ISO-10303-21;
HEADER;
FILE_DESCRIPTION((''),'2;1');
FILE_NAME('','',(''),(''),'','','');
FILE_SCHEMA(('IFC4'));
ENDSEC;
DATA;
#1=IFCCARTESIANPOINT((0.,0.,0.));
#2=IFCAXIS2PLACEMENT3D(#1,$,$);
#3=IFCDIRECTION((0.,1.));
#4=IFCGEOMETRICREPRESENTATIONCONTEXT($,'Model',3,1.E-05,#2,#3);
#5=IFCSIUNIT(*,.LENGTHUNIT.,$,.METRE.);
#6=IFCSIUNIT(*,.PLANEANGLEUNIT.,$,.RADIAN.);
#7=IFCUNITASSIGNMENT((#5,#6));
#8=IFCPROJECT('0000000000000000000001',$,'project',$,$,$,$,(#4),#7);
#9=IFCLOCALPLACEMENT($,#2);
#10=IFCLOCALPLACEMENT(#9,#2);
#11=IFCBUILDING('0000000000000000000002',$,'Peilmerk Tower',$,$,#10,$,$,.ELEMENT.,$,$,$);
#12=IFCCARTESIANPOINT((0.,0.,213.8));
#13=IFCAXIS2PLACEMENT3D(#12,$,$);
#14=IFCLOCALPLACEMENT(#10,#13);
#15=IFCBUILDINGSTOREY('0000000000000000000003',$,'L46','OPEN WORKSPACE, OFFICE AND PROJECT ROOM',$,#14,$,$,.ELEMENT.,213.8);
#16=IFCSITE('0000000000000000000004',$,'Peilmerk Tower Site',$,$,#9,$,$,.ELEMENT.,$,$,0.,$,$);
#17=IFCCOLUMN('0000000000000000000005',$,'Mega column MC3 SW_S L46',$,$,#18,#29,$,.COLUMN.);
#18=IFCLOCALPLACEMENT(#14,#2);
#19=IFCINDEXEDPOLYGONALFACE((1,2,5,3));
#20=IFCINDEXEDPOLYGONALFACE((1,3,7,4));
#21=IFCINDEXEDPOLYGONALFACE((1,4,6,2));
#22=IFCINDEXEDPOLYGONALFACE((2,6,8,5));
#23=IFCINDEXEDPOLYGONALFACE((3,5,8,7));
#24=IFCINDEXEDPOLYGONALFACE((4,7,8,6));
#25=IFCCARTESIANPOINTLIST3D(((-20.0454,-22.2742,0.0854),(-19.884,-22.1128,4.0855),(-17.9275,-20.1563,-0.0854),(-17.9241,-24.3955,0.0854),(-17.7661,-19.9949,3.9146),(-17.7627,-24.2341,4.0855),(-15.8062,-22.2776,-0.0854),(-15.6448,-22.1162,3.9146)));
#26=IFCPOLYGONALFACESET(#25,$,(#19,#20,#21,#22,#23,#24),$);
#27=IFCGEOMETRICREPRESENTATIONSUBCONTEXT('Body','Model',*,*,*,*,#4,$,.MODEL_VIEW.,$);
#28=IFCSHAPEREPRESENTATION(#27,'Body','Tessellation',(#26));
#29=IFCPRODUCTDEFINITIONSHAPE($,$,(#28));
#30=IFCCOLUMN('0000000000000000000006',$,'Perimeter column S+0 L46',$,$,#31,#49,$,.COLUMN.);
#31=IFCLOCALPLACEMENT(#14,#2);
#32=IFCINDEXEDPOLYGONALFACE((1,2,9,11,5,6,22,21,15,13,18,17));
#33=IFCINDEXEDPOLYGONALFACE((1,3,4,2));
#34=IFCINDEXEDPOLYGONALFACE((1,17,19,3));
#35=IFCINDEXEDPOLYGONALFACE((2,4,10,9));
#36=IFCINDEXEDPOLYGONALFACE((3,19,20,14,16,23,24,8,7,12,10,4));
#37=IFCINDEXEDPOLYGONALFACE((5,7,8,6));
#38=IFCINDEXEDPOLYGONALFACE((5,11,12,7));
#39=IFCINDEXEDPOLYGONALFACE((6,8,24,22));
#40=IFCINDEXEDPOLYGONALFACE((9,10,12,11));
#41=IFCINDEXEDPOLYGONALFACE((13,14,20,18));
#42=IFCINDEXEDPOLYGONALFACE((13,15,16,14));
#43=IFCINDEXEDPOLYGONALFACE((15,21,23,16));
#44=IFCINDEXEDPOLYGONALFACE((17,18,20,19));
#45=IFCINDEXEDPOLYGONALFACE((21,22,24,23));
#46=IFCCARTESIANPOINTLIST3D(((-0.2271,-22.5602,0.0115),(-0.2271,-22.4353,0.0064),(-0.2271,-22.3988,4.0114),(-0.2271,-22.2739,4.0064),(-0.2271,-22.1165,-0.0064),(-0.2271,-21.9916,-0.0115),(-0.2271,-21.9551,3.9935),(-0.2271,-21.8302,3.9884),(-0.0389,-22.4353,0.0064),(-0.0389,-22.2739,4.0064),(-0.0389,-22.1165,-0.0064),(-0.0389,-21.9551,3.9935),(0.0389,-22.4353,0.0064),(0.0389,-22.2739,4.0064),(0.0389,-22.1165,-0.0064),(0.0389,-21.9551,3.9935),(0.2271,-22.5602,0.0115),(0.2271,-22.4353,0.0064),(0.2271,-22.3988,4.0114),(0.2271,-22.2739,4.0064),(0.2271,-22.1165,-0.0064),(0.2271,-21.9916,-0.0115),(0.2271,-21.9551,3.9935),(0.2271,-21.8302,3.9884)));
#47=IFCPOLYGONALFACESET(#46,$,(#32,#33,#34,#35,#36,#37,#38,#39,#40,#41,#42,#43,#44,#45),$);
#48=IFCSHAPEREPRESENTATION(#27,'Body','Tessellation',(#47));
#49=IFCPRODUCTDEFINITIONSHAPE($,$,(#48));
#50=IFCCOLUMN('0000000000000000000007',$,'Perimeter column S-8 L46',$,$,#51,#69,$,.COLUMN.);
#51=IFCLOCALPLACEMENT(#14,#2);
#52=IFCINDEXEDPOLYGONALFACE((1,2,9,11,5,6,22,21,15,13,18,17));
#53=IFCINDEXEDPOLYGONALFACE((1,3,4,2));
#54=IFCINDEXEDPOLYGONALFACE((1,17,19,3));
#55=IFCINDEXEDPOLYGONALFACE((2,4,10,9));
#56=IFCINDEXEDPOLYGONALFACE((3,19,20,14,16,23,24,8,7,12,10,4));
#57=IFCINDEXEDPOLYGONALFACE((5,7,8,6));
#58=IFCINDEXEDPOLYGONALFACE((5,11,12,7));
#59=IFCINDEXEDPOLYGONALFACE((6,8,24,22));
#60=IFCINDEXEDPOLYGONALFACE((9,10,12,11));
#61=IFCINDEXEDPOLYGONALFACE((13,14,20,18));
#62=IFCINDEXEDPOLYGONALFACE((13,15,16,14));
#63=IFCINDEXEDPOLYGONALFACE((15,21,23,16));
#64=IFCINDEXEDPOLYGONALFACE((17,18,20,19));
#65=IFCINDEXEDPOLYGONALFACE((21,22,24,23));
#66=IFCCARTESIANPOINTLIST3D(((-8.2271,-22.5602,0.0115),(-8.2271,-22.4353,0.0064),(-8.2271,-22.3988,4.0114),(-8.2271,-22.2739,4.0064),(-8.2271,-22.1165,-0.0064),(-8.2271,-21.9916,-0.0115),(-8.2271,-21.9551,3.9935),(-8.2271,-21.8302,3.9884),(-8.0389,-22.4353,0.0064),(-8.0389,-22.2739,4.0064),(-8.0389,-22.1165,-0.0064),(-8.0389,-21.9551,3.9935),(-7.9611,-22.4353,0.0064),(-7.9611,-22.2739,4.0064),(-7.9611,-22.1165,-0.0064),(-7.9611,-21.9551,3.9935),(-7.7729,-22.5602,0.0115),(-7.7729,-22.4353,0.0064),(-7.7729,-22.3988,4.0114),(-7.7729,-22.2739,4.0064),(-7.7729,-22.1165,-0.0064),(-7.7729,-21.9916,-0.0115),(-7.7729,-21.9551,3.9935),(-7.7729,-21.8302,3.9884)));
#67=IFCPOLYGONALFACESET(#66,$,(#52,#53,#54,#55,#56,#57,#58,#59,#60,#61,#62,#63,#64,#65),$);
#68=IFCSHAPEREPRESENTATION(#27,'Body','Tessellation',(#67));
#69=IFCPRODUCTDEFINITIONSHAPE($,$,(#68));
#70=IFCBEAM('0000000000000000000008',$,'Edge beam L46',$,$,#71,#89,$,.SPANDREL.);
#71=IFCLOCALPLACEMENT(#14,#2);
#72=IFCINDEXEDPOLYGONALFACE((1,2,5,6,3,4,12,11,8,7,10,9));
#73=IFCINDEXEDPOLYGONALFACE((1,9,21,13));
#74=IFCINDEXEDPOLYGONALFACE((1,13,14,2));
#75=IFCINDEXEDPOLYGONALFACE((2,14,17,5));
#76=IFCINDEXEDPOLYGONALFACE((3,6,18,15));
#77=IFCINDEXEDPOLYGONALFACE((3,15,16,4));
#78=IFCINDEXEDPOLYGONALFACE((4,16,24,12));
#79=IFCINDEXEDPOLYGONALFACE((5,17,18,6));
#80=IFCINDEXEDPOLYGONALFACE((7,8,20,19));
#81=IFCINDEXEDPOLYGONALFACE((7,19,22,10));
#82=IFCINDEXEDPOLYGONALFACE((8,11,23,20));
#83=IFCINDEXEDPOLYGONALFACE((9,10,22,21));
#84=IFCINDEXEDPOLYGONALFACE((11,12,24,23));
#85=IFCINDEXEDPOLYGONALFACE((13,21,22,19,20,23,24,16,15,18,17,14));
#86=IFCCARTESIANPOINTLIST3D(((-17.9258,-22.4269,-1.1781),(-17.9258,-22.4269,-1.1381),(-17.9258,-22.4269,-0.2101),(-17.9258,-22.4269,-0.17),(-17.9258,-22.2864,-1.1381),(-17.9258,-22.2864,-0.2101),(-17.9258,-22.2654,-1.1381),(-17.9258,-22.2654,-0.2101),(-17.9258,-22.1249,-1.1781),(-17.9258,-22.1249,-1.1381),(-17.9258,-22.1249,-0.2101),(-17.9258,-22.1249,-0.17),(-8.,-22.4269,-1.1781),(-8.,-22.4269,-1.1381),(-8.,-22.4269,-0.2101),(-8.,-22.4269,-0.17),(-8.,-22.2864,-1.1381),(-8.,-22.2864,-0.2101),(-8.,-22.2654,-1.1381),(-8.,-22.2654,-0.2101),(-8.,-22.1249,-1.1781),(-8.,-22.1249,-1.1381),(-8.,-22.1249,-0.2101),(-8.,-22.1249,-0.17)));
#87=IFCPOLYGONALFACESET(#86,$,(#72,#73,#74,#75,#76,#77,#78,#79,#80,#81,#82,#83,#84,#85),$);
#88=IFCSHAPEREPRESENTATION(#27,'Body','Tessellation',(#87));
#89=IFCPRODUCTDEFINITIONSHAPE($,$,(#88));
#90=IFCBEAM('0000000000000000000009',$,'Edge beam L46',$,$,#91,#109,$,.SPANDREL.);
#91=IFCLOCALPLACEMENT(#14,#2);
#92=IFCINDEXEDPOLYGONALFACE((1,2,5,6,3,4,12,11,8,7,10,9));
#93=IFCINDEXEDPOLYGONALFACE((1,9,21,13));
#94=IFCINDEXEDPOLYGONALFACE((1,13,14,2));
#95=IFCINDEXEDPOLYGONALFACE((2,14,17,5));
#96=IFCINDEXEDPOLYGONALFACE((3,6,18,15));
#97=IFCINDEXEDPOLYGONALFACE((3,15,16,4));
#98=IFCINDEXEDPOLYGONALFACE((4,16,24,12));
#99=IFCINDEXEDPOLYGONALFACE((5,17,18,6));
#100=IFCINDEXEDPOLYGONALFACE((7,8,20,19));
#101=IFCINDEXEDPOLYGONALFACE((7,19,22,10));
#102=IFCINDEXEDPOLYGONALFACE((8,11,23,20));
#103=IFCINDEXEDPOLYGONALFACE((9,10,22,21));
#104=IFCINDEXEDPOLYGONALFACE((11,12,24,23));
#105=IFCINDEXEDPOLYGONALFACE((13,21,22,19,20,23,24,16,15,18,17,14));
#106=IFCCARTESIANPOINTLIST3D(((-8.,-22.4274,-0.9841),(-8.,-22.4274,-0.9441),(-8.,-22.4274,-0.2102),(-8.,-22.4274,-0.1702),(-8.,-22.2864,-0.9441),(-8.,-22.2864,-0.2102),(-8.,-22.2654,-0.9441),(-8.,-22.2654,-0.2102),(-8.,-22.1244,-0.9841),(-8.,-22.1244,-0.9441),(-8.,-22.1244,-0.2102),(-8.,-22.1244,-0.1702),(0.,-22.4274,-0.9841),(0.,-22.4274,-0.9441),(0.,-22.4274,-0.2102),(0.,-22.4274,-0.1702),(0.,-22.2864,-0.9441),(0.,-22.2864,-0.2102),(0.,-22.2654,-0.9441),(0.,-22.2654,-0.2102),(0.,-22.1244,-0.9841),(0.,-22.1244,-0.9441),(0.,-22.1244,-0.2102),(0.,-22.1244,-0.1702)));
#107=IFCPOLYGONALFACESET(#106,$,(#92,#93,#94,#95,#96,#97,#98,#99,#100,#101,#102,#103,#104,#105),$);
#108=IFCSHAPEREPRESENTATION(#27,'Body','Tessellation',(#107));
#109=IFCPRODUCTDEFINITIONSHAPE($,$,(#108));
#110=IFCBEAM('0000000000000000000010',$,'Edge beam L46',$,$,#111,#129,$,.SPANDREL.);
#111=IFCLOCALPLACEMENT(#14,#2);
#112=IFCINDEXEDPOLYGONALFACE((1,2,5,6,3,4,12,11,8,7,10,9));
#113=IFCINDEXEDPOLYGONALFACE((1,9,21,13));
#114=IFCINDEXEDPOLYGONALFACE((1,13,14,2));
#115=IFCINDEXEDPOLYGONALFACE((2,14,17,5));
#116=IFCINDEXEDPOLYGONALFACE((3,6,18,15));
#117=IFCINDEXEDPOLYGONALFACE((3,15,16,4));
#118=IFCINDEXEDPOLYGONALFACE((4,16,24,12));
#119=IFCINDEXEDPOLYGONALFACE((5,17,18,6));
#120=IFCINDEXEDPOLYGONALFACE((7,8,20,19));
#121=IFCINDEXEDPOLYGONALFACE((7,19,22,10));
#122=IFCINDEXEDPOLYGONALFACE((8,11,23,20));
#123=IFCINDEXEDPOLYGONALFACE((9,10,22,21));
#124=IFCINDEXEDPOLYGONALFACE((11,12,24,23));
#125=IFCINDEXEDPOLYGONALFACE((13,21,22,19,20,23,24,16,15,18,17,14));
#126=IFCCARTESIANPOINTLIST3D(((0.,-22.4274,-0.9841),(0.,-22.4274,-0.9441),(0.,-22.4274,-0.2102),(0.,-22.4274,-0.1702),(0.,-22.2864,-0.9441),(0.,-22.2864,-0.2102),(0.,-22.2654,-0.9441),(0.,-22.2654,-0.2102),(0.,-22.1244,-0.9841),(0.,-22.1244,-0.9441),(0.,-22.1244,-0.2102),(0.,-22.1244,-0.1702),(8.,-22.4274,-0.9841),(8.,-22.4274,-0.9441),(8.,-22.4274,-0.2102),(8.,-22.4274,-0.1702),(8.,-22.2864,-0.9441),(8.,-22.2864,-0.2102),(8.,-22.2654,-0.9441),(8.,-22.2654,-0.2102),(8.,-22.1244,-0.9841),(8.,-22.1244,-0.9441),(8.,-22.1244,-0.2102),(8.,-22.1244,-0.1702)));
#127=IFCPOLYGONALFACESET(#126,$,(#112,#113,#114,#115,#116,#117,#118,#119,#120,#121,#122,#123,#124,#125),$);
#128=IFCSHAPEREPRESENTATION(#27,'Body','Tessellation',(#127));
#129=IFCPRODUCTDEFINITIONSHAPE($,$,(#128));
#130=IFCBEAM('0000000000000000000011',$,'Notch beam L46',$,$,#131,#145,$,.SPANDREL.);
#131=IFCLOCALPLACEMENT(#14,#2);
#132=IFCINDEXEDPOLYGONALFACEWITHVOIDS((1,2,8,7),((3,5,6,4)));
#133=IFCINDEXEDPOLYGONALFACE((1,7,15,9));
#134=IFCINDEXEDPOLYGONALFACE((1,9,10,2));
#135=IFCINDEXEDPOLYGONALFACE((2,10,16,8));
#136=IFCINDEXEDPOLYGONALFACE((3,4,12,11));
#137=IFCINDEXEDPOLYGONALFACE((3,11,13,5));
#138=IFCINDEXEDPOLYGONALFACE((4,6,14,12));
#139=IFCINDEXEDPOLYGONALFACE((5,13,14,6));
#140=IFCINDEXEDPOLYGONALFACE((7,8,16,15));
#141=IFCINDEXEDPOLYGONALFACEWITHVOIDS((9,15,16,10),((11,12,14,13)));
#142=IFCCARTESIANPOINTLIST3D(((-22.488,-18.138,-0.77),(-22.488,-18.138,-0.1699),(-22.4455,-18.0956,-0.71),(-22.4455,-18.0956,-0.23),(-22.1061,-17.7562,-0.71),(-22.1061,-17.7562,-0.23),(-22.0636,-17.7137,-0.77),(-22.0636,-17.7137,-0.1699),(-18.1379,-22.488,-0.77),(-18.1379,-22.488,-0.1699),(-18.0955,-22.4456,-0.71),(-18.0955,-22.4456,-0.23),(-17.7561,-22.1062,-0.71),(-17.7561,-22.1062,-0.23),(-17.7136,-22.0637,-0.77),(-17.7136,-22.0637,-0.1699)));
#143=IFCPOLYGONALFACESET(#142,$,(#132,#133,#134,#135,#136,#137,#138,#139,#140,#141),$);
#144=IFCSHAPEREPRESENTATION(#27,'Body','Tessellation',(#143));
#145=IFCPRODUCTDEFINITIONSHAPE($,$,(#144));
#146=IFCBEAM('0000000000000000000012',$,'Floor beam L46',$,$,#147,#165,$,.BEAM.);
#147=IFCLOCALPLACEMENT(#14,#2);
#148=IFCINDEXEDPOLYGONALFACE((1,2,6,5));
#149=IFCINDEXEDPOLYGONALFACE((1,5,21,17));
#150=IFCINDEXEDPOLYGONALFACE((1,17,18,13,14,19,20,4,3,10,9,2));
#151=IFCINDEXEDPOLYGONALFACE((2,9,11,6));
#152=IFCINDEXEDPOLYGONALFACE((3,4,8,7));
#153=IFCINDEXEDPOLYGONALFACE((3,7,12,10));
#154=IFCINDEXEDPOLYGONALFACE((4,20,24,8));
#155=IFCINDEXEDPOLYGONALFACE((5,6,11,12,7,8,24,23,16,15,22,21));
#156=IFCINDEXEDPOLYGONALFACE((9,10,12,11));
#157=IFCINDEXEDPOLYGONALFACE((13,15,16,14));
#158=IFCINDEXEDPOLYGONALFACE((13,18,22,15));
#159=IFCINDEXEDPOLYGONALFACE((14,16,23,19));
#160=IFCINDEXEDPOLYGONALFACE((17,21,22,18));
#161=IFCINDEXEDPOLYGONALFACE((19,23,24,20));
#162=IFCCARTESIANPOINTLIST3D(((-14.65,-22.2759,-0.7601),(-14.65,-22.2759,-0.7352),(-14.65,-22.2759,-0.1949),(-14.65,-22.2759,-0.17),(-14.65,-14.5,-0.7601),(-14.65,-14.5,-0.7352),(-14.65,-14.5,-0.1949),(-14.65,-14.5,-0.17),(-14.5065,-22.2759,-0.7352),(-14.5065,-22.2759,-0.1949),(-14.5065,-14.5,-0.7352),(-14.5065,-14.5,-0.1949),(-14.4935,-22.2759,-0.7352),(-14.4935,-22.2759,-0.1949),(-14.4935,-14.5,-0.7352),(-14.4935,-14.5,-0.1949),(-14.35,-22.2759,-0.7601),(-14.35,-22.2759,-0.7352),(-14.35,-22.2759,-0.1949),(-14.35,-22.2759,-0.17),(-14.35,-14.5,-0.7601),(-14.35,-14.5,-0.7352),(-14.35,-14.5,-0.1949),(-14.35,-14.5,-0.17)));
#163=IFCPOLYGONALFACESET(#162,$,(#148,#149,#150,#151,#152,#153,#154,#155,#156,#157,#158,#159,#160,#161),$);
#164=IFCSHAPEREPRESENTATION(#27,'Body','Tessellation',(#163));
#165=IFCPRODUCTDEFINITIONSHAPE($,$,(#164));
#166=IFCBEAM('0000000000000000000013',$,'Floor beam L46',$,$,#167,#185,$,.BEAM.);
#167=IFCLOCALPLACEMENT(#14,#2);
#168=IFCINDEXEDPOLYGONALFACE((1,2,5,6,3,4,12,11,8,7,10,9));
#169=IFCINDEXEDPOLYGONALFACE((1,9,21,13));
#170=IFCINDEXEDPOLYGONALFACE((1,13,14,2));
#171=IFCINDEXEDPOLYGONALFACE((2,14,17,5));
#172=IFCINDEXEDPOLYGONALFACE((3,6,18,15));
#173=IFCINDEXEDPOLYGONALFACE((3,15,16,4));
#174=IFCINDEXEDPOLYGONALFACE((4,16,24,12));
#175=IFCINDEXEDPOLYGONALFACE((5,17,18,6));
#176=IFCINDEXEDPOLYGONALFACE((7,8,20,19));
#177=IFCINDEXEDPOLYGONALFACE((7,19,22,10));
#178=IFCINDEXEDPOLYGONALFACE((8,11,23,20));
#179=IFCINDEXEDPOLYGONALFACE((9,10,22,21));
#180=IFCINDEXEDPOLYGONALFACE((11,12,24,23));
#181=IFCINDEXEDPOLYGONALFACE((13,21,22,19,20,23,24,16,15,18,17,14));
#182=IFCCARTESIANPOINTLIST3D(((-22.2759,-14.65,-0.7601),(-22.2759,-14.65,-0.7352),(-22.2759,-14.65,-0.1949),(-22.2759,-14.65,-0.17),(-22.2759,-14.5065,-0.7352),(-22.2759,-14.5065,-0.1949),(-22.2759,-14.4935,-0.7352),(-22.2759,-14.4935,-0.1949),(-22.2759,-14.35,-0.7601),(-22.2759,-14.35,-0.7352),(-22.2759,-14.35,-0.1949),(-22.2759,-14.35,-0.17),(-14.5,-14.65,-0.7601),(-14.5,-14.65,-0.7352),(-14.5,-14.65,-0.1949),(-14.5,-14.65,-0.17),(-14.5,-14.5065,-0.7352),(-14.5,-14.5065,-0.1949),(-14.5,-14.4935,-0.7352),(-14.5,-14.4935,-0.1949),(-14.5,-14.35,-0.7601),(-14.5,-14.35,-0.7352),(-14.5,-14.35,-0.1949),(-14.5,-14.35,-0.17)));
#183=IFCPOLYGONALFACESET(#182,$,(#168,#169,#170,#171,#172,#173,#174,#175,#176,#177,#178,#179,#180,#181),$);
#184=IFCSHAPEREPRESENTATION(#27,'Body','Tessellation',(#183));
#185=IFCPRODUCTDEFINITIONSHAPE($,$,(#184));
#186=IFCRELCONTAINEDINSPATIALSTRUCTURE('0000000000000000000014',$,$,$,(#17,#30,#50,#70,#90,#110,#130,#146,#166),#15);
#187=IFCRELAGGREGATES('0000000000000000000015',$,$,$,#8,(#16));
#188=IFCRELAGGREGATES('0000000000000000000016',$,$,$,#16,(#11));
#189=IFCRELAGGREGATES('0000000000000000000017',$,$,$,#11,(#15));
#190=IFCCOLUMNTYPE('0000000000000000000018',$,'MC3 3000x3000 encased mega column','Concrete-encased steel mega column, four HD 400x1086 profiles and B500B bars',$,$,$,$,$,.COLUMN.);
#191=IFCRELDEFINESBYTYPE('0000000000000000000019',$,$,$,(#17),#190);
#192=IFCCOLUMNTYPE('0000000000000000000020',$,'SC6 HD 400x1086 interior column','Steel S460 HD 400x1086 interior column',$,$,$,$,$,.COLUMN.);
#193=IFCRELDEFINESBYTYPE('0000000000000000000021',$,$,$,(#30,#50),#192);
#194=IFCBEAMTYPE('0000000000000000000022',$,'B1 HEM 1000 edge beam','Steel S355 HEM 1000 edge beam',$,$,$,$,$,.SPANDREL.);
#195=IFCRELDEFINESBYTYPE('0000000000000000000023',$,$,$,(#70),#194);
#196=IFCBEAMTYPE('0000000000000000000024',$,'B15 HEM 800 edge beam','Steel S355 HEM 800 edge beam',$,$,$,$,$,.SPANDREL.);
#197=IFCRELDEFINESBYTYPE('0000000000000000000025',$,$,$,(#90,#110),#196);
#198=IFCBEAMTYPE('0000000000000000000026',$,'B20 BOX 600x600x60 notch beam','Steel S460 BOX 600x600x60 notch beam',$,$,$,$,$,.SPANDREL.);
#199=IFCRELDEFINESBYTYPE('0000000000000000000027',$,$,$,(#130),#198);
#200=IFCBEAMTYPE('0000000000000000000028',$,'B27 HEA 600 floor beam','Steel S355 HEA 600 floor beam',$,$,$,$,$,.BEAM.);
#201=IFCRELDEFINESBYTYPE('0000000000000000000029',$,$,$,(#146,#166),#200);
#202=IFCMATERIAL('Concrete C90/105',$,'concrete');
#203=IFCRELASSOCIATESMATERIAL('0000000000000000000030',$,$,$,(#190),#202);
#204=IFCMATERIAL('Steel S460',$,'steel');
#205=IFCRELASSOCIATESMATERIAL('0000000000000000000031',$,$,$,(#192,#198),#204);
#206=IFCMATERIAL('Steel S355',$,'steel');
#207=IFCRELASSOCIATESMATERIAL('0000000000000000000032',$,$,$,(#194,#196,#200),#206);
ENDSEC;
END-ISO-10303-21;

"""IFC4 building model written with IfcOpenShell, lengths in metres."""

from ifc_helpers import new_model, si_unit, direction, frame, origin, origin_2d, place, context, subcontext, project, spatial, rectangle, hollow_rectangle, i_section, extrude, material, material_profile, profile_set, type_object, element, save


model = new_model("IFC4")

# Units and contexts
model_context = context("Model", 3, precision=1e-05, world=origin(), true_north=direction((0.0, 1.0)))
body_context = subcontext(model_context, "Body", "Model", "MODEL_VIEW")
ifc_project = project(units=[si_unit("LENGTHUNIT", "METRE"), si_unit("PLANEANGLEUNIT", "RADIAN")], contexts=[model_context])

# Site, building, storey
site_placement = place(None, origin())
site = spatial("IfcSite", under=ifc_project, at=site_placement, Name="Peilmerk Tower Site", CompositionType="ELEMENT", RefElevation=0.0)
building_placement = place(site_placement, origin())
building = spatial("IfcBuilding", under=site, at=building_placement, Name="Peilmerk Tower", CompositionType="ELEMENT")
storey_placement = place(building_placement, frame((0.0, 0.0, 213.8)))
storey = spatial("IfcBuildingStorey", under=building, at=storey_placement, Name="L46", Description="OPEN WORKSPACE, OFFICE AND PROJECT ROOM", CompositionType="ELEMENT", Elevation=213.8)

# Columns
ifc_material_1 = material(Name="Concrete C90/105", Category="concrete")
ifc_material_profile_1 = material_profile(ifc_material_1, rectangle(XDim=3.0, YDim=3.0, at=origin_2d()), Name="RC 3000x3000")
ifc_profile_set_1 = profile_set([ifc_material_profile_1], Name="Concrete C90/105")
column_type_1 = type_object("IfcColumnType", Name="MC3 3000x3000 encased mega column", Description="Concrete-encased steel mega column, four HD 400x1086 profiles and B500B bars", PredefinedType="COLUMN", material=ifc_profile_set_1)
column_placement = place(storey_placement, frame((-17.9258, -22.2759, 0.0), z_axis=(0.040279, 0.040279, 0.998376), x_axis=(-0.707107, 0.707107, 0.0)))
element("IfcColumn", 1, at=column_placement, inside=storey, type_object=column_type_1, Name="Mega column MC3 SW_S L46", PredefinedType="COLUMN", context=body_context, shape_type="SweptSolid", body=[
    extrude(rectangle(XDim=3.0, YDim=3.0, at=origin_2d()), origin(), (0.0, 0.0, 1.0), 4.0066),
])
ifc_material_2 = material(Name="Steel S460", Category="steel")
ifc_material_profile_2 = material_profile(ifc_material_2, i_section(OverallWidth=0.4541, OverallDepth=0.5691, WebThickness=0.0779, FlangeThickness=0.125, at=origin_2d()), Name="HD 400x1086")
ifc_profile_set_2 = profile_set([ifc_material_profile_2], Name="Steel S460")
column_type_2 = type_object("IfcColumnType", Name="SC6 HD 400x1086 interior column", Description="Steel S460 HD 400x1086 interior column", PredefinedType="COLUMN", material=ifc_profile_set_2)
for number, where, z_axis, x_axis, name in (
    (2, (0.0, -22.2759, 0.0), (0.0, 0.040311, 0.999187), (-1.0, 0.0, 0.0), "Perimeter column S+0 L46"),
    (3, (-8.0, -22.2759, 0.0), (0.0, 0.040311, 0.999187), (-1.0, 0.0, 0.0), "Perimeter column S-8 L46"),
):
    element("IfcColumn", number, at=place(storey_placement, frame(where, z_axis=z_axis, x_axis=x_axis)), inside=storey, type_object=column_type_2, Name=name, PredefinedType="COLUMN", context=body_context, shape_type="SweptSolid", body=[
        extrude(i_section(OverallWidth=0.4541, OverallDepth=0.5691, WebThickness=0.0779, FlangeThickness=0.125, at=origin_2d()), origin(), (0.0, 0.0, 1.0), 4.0032),
    ])

# Beams
ifc_material_3 = material(Name="Steel S355", Category="steel")
ifc_material_profile_3 = material_profile(ifc_material_3, i_section(OverallWidth=0.302, OverallDepth=1.0081, WebThickness=0.021, FlangeThickness=0.04, at=origin_2d()), Name="HEM 1000")
ifc_profile_set_3 = profile_set([ifc_material_profile_3], Name="Steel S355")
beam_type_1 = type_object("IfcBeamType", Name="B1 HEM 1000 edge beam", Description="Steel S355 HEM 1000 edge beam", PredefinedType="SPANDREL", material=ifc_profile_set_3)
beam_1_placement = place(storey_placement, frame((-17.9258, -22.2759, -0.6741), z_axis=(1.0, 0.0, 0.0), x_axis=(0.0, 1.0, 0.0)))
element("IfcBeam", 4, at=beam_1_placement, inside=storey, type_object=beam_type_1, Name="Edge beam L46", PredefinedType="SPANDREL", context=body_context, shape_type="SweptSolid", body=[
    extrude(i_section(OverallWidth=0.302, OverallDepth=1.0081, WebThickness=0.021, FlangeThickness=0.04, at=origin_2d()), origin(), (0.0, 0.0, 1.0), 9.9258),
])
ifc_material_profile_4 = material_profile(ifc_material_3, i_section(OverallWidth=0.303, OverallDepth=0.814, WebThickness=0.021, FlangeThickness=0.04, at=origin_2d()), Name="HEM 800")
ifc_profile_set_4 = profile_set([ifc_material_profile_4], Name="Steel S355")
beam_type_2 = type_object("IfcBeamType", Name="B15 HEM 800 edge beam", Description="Steel S355 HEM 800 edge beam", PredefinedType="SPANDREL", material=ifc_profile_set_4)
for number, where, z_axis, x_axis, name in (
    (5, (-8.0, -22.2759, -0.5771), (1.0, 0.0, 0.0), (0.0, 1.0, 0.0), "Edge beam L46"),
    (6, (0.0, -22.2759, -0.5771), (1.0, 0.0, 0.0), (0.0, 1.0, 0.0), "Edge beam L46"),
):
    element("IfcBeam", number, at=place(storey_placement, frame(where, z_axis=z_axis, x_axis=x_axis)), inside=storey, type_object=beam_type_2, Name=name, PredefinedType="SPANDREL", context=body_context, shape_type="SweptSolid", body=[
        extrude(i_section(OverallWidth=0.303, OverallDepth=0.814, WebThickness=0.021, FlangeThickness=0.04, at=origin_2d()), origin(), (0.0, 0.0, 1.0), 8.0),
    ])
ifc_material_profile_5 = material_profile(ifc_material_2, hollow_rectangle(XDim=0.6001, YDim=0.6001, WallThickness=0.0601, at=origin_2d()), Name="BOX 600x600x60")
ifc_profile_set_5 = profile_set([ifc_material_profile_5], Name="Steel S460")
beam_type_3 = type_object("IfcBeamType", Name="B20 BOX 600x600x60 notch beam", Description="Steel S460 BOX 600x600x60 notch beam", PredefinedType="SPANDREL", material=ifc_profile_set_5)
beam_2_placement = place(storey_placement, frame((-17.9258, -22.2759, -0.47), z_axis=(-0.707107, 0.707107, 0.0), x_axis=(-0.707107, -0.707107, 0.0)))
element("IfcBeam", 7, at=beam_2_placement, inside=storey, type_object=beam_type_3, Name="Notch beam L46", PredefinedType="SPANDREL", context=body_context, shape_type="SweptSolid", body=[
    extrude(hollow_rectangle(XDim=0.6001, YDim=0.6001, WallThickness=0.0601, at=origin_2d()), origin(), (0.0, 0.0, 1.0), 6.1519),
])
ifc_material_profile_6 = material_profile(ifc_material_3, i_section(OverallWidth=0.3, OverallDepth=0.5901, WebThickness=0.0129, FlangeThickness=0.0249, at=origin_2d()), Name="HEA 600")
ifc_profile_set_6 = profile_set([ifc_material_profile_6], Name="Steel S355")
beam_type_4 = type_object("IfcBeamType", Name="B27 HEA 600 floor beam", Description="Steel S355 HEA 600 floor beam", PredefinedType="BEAM", material=ifc_profile_set_6)
for number, where, z_axis, x_axis, name in (
    (8, (-14.5, -14.5, -0.4651), (0.0, -1.0, 0.0), (1.0, 0.0, 0.0), "Floor beam L46"),
    (9, (-14.5, -14.5, -0.4651), (-1.0, 0.0, 0.0), (0.0, -1.0, 0.0), "Floor beam L46"),
):
    element("IfcBeam", number, at=place(storey_placement, frame(where, z_axis=z_axis, x_axis=x_axis)), inside=storey, type_object=beam_type_4, Name=name, PredefinedType="BEAM", context=body_context, shape_type="SweptSolid", body=[
        extrude(i_section(OverallWidth=0.3, OverallDepth=0.5901, WebThickness=0.0129, FlangeThickness=0.0249, at=origin_2d()), origin(), (0.0, 0.0, 1.0), 7.7759),
    ])

save(model, "model.ifc")
